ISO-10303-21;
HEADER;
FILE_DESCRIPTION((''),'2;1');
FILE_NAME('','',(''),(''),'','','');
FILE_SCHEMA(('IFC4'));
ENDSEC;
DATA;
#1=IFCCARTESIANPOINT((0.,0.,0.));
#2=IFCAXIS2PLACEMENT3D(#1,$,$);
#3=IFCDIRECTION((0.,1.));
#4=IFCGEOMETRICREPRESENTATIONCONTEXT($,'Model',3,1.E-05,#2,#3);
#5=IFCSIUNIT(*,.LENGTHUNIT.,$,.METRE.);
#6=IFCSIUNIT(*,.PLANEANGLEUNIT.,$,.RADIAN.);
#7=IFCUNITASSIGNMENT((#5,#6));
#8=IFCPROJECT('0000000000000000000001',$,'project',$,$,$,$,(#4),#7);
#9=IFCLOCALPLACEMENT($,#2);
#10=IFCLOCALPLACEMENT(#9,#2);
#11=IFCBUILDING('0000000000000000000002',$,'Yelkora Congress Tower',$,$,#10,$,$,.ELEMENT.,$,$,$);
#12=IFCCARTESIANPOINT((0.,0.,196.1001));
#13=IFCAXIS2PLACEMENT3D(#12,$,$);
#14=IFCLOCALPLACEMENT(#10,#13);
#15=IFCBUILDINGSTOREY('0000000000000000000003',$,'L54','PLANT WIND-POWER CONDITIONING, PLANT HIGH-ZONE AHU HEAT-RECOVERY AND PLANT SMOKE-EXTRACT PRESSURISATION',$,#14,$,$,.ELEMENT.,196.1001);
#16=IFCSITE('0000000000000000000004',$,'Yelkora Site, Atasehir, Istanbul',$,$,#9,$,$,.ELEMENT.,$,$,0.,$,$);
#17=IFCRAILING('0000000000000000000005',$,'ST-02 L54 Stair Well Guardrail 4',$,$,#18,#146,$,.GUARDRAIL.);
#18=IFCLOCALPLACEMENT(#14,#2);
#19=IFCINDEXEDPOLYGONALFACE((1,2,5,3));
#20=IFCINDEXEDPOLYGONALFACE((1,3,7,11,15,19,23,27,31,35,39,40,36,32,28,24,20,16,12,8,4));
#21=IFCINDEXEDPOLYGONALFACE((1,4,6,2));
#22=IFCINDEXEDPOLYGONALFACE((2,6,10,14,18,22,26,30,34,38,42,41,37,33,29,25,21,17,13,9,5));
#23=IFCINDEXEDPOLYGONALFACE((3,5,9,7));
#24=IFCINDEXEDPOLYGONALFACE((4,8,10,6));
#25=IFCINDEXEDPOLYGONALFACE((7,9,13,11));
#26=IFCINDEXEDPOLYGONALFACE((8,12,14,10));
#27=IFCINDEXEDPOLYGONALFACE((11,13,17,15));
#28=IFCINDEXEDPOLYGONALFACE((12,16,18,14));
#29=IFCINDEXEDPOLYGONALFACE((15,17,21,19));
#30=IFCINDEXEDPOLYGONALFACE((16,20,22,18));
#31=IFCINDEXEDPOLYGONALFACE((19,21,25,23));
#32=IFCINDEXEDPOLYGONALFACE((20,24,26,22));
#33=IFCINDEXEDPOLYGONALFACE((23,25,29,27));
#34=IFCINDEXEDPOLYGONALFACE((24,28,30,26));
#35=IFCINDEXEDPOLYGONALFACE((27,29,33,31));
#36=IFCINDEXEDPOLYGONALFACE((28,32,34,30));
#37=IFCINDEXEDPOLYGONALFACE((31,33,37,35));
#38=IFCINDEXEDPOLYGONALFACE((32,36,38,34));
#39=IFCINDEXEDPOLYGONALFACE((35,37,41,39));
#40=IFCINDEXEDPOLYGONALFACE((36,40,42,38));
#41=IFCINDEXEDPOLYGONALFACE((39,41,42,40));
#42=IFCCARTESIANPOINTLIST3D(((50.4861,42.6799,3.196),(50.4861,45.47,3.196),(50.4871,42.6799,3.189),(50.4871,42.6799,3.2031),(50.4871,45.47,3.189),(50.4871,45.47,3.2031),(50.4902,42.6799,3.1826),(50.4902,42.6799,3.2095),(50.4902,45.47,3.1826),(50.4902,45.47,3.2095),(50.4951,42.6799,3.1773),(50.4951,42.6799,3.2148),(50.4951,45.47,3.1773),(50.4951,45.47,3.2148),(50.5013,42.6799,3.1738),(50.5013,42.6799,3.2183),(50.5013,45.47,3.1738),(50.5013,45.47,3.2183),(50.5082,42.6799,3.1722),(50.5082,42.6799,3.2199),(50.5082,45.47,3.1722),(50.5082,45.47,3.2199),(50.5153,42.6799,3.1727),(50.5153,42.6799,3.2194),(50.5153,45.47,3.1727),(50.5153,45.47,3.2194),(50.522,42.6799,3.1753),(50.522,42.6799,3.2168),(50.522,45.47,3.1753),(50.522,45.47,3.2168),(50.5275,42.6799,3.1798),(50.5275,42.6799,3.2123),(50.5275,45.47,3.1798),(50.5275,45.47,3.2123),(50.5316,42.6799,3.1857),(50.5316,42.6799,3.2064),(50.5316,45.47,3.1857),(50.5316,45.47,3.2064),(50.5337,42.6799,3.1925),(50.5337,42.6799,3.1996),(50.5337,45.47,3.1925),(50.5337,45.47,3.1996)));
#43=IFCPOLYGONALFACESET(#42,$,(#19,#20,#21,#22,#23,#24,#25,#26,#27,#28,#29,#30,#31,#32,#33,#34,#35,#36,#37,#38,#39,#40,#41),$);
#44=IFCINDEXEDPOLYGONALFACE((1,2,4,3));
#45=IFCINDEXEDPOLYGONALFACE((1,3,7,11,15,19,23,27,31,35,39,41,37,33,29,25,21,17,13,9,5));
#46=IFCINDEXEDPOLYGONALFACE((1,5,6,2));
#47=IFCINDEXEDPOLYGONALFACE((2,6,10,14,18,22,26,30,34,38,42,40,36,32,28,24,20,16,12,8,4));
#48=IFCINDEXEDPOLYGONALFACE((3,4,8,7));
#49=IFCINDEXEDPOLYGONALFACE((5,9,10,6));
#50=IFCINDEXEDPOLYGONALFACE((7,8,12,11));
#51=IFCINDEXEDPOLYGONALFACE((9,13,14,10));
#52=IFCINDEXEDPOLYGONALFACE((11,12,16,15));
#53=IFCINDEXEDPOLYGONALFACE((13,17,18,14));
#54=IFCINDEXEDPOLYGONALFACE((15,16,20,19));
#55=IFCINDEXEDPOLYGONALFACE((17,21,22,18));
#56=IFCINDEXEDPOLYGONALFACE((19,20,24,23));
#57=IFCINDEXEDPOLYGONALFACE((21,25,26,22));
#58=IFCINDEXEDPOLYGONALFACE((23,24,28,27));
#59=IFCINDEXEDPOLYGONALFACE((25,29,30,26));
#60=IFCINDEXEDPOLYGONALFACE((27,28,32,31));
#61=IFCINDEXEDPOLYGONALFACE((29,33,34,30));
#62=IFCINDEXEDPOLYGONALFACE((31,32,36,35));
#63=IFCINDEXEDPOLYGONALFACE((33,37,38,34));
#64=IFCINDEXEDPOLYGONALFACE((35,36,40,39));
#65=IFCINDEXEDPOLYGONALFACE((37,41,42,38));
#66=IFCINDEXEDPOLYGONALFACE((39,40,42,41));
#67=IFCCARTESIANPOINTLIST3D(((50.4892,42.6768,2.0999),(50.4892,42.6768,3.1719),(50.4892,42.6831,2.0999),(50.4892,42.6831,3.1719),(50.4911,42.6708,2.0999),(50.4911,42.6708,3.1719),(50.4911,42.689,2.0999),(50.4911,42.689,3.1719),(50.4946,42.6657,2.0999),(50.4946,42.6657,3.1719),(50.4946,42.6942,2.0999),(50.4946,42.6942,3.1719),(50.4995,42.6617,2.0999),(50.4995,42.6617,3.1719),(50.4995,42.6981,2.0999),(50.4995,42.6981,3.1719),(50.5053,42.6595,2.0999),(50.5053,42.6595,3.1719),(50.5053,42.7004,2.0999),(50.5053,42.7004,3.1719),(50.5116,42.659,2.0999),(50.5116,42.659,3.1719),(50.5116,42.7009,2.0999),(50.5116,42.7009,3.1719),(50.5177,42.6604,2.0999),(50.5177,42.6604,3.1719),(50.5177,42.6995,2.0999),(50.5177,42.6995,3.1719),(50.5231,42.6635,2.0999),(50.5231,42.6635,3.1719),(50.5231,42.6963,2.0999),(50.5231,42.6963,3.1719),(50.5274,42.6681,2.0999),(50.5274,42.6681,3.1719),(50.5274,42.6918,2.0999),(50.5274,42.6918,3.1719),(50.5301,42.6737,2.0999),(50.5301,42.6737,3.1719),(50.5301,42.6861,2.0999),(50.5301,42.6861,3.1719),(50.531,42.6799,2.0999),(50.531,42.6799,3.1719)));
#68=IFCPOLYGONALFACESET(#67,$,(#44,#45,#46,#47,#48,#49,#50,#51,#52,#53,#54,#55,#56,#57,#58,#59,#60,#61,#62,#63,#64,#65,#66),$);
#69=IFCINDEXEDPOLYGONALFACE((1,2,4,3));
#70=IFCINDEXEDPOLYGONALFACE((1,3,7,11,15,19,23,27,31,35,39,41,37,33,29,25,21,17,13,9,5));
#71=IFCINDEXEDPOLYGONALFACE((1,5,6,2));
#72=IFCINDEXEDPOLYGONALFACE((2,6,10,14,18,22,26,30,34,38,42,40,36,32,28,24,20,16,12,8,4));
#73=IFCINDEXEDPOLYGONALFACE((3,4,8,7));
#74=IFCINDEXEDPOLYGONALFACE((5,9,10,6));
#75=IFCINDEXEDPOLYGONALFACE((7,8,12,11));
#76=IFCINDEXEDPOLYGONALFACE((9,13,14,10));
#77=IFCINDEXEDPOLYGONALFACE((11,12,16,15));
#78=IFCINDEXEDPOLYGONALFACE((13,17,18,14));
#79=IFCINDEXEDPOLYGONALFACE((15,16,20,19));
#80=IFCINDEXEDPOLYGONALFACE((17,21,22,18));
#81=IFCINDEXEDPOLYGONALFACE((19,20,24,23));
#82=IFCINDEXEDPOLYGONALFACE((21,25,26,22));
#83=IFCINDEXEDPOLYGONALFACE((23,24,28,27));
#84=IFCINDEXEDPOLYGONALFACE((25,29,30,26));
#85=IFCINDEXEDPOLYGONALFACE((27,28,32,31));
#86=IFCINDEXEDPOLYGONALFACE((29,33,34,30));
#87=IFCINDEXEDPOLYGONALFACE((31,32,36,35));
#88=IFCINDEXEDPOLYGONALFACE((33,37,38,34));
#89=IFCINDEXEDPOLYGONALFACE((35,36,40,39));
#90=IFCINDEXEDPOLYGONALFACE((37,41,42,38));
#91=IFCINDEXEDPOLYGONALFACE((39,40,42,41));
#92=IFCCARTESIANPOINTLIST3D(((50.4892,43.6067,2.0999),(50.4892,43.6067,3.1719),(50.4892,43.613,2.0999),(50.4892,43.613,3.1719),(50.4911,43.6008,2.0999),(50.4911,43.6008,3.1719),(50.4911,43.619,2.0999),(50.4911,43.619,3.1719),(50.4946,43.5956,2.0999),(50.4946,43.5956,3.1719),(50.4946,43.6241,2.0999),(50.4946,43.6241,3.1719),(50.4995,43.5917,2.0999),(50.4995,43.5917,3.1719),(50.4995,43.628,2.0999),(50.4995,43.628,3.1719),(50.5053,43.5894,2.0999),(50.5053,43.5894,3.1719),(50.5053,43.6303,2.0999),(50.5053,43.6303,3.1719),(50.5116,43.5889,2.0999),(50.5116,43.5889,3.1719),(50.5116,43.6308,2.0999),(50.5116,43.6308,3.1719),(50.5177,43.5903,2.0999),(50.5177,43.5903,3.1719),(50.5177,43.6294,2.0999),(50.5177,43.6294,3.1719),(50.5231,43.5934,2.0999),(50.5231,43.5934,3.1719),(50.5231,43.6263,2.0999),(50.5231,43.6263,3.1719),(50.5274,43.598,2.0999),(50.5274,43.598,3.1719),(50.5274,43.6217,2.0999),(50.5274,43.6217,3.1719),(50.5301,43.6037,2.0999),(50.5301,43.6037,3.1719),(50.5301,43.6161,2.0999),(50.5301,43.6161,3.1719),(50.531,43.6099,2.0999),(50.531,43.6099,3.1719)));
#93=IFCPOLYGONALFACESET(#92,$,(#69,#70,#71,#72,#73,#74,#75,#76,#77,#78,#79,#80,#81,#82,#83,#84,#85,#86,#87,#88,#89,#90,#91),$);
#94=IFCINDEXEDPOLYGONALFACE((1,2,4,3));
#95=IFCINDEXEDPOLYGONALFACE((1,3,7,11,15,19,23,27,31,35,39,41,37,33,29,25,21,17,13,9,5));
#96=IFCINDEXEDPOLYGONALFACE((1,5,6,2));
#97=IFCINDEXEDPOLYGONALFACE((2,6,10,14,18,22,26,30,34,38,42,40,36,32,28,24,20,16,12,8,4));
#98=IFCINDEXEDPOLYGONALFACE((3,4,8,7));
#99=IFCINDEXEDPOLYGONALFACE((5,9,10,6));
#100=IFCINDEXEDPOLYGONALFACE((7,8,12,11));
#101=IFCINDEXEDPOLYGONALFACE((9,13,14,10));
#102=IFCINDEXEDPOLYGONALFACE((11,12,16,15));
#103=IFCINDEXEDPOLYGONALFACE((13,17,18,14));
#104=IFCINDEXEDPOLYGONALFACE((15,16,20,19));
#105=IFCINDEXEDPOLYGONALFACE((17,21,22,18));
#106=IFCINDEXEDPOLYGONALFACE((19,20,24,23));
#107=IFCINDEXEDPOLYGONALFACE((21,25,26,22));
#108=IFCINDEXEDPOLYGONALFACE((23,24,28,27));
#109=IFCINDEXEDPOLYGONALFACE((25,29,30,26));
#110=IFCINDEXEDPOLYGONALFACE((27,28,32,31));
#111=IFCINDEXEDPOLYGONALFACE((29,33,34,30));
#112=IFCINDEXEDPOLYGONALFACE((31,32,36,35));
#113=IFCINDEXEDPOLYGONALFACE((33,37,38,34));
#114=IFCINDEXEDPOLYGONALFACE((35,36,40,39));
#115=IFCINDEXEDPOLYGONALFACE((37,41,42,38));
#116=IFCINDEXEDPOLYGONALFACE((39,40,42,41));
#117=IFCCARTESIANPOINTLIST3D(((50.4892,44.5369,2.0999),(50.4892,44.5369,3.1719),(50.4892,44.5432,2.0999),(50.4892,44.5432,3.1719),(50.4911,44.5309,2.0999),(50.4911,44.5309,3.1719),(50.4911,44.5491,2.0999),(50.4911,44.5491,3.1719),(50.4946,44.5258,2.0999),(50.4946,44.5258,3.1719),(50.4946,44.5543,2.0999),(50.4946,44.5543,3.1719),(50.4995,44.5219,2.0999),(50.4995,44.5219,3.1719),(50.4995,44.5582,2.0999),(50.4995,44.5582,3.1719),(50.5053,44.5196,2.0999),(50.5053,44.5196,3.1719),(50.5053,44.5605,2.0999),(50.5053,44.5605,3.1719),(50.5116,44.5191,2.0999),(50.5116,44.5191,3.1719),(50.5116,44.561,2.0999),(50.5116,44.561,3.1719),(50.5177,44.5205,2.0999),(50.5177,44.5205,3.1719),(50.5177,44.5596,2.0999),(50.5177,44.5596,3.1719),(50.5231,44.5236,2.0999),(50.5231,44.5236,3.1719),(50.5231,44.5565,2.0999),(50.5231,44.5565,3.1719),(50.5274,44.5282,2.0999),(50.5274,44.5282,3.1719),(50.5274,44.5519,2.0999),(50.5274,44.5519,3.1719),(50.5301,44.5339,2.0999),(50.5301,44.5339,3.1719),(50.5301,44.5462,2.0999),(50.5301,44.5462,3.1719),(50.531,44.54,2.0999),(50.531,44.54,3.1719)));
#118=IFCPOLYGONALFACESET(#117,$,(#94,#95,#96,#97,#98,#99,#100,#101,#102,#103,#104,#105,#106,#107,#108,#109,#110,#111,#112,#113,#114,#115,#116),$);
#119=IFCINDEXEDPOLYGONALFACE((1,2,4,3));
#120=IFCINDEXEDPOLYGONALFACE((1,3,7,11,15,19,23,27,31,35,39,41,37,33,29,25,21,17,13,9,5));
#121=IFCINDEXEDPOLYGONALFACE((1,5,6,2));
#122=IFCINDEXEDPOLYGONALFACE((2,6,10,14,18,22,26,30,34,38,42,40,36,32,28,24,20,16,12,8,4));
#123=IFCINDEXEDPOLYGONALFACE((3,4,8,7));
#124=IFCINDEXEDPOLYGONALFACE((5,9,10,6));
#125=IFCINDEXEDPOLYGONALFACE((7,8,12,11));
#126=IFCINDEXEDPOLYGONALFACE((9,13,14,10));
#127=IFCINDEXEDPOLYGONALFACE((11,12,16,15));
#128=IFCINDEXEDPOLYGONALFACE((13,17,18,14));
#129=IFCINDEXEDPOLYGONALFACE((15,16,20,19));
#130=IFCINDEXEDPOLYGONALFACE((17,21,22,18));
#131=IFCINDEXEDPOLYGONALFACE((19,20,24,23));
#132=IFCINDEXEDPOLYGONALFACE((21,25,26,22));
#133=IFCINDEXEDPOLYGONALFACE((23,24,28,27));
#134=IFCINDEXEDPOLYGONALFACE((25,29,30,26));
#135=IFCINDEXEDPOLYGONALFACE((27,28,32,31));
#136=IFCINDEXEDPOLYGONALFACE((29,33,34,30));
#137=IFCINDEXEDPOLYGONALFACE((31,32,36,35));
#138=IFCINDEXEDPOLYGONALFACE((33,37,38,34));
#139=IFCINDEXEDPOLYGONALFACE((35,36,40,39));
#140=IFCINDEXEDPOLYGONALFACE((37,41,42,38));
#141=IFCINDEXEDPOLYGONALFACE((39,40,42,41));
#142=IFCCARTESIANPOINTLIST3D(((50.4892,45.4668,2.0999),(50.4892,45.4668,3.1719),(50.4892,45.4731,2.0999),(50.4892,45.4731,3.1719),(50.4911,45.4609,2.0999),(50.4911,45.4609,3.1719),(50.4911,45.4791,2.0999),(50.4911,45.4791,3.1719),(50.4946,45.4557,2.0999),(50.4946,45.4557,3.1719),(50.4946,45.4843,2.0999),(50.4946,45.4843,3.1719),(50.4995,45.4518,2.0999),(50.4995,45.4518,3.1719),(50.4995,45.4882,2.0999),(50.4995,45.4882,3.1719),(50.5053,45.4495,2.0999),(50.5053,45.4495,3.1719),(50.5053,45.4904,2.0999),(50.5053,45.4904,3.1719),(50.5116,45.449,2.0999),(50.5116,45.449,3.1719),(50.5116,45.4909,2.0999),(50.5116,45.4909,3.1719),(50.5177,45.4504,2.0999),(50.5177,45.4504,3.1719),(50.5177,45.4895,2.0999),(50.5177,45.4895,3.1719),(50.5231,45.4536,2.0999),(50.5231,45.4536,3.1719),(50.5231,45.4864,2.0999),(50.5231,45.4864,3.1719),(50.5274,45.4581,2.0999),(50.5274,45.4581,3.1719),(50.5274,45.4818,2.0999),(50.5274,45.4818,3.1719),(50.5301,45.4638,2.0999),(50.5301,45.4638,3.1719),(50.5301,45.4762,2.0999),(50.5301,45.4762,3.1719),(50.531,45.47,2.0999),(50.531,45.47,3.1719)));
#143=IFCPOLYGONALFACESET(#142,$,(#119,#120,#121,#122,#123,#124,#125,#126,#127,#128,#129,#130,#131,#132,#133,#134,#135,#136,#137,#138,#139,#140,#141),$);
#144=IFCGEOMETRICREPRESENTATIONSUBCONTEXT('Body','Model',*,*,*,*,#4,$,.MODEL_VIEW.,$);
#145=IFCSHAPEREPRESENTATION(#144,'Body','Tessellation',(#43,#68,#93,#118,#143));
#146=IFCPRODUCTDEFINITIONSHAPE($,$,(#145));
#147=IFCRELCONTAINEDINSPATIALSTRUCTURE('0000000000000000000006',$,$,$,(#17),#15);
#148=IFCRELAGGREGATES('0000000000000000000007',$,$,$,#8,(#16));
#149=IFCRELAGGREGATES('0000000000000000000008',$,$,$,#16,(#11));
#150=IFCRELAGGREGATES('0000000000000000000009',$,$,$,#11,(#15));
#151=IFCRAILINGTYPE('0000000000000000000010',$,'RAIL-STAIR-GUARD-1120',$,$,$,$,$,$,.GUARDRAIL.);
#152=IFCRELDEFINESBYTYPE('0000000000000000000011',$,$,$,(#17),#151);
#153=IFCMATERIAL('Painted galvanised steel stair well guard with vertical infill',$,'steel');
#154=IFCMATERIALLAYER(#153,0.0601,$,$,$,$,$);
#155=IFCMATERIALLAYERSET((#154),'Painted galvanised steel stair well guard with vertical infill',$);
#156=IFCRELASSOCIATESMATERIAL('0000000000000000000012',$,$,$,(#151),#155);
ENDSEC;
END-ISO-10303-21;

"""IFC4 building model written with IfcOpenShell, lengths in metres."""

from ifc_helpers import new_model, si_unit, direction, frame, origin, origin_2d, place, context, subcontext, project, spatial, circle, extrude, material, layer, layer_set, type_object, element, save


model = new_model("IFC4")

# Units and contexts
model_context = context("Model", 3, precision=1e-05, world=origin(), true_north=direction((0.0, 1.0)))
body_context = subcontext(model_context, "Body", "Model", "MODEL_VIEW")
ifc_project = project(units=[si_unit("LENGTHUNIT", "METRE"), si_unit("PLANEANGLEUNIT", "RADIAN")], contexts=[model_context])

# Site, building, storey
site_placement = place(None, origin())
site = spatial("IfcSite", under=ifc_project, at=site_placement, Name="Yelkora Site, Atasehir, Istanbul", CompositionType="ELEMENT", RefElevation=0.0)
building_placement = place(site_placement, origin())
building = spatial("IfcBuilding", under=site, at=building_placement, Name="Yelkora Congress Tower", CompositionType="ELEMENT")
storey_placement = place(building_placement, frame((0.0, 0.0, 196.1001)))
storey = spatial("IfcBuildingStorey", under=building, at=storey_placement, Name="L54", Description="PLANT WIND-POWER CONDITIONING, PLANT HIGH-ZONE AHU HEAT-RECOVERY AND PLANT SMOKE-EXTRACT PRESSURISATION", CompositionType="ELEMENT", Elevation=196.1001)

# Railing
ifc_material_1 = material(Name="Painted galvanised steel stair well guard with vertical infill", Category="steel")
ifc_layer_1 = layer(ifc_material_1, 0.0601)
ifc_layer_set_1 = layer_set([ifc_layer_1], Name="Painted galvanised steel stair well guard with vertical infill")
railing_type_1 = type_object("IfcRailingType", Name="RAIL-STAIR-GUARD-1120", PredefinedType="GUARDRAIL", material=ifc_layer_set_1)
for number, where, name in (
    (1, (50.51, 42.6799, 2.0999), "ST-02 L54 Stair Well Guardrail 4"),
):
    element("IfcRailing", number, at=place(storey_placement, frame(where)), inside=storey, type_object=railing_type_1, Name=name, PredefinedType="GUARDRAIL", context=body_context, shape_type="SweptSolid", body=[
        extrude(circle(Radius=0.0239, at=origin_2d()), frame((0.0, 0.0, 1.0962), z_axis=(0.0, 1.0, 0.0), x_axis=(-1.0, 0.0, 0.0)), (0.0, 0.0, 1.0), 2.79),
        extrude(circle(Radius=0.021, at=origin_2d()), origin(), (0.0, 0.0, 1.0), 1.072),
        extrude(circle(Radius=0.021, at=origin_2d()), frame((0.0, 0.9299, 0.0)), (0.0, 0.0, 1.0), 1.072),
        extrude(circle(Radius=0.021, at=origin_2d()), frame((0.0, 1.8601, 0.0)), (0.0, 0.0, 1.0), 1.072),
        extrude(circle(Radius=0.021, at=origin_2d()), frame((0.0, 2.79, 0.0)), (0.0, 0.0, 1.0), 1.072),
    ])

save(model, "model.ifc")
